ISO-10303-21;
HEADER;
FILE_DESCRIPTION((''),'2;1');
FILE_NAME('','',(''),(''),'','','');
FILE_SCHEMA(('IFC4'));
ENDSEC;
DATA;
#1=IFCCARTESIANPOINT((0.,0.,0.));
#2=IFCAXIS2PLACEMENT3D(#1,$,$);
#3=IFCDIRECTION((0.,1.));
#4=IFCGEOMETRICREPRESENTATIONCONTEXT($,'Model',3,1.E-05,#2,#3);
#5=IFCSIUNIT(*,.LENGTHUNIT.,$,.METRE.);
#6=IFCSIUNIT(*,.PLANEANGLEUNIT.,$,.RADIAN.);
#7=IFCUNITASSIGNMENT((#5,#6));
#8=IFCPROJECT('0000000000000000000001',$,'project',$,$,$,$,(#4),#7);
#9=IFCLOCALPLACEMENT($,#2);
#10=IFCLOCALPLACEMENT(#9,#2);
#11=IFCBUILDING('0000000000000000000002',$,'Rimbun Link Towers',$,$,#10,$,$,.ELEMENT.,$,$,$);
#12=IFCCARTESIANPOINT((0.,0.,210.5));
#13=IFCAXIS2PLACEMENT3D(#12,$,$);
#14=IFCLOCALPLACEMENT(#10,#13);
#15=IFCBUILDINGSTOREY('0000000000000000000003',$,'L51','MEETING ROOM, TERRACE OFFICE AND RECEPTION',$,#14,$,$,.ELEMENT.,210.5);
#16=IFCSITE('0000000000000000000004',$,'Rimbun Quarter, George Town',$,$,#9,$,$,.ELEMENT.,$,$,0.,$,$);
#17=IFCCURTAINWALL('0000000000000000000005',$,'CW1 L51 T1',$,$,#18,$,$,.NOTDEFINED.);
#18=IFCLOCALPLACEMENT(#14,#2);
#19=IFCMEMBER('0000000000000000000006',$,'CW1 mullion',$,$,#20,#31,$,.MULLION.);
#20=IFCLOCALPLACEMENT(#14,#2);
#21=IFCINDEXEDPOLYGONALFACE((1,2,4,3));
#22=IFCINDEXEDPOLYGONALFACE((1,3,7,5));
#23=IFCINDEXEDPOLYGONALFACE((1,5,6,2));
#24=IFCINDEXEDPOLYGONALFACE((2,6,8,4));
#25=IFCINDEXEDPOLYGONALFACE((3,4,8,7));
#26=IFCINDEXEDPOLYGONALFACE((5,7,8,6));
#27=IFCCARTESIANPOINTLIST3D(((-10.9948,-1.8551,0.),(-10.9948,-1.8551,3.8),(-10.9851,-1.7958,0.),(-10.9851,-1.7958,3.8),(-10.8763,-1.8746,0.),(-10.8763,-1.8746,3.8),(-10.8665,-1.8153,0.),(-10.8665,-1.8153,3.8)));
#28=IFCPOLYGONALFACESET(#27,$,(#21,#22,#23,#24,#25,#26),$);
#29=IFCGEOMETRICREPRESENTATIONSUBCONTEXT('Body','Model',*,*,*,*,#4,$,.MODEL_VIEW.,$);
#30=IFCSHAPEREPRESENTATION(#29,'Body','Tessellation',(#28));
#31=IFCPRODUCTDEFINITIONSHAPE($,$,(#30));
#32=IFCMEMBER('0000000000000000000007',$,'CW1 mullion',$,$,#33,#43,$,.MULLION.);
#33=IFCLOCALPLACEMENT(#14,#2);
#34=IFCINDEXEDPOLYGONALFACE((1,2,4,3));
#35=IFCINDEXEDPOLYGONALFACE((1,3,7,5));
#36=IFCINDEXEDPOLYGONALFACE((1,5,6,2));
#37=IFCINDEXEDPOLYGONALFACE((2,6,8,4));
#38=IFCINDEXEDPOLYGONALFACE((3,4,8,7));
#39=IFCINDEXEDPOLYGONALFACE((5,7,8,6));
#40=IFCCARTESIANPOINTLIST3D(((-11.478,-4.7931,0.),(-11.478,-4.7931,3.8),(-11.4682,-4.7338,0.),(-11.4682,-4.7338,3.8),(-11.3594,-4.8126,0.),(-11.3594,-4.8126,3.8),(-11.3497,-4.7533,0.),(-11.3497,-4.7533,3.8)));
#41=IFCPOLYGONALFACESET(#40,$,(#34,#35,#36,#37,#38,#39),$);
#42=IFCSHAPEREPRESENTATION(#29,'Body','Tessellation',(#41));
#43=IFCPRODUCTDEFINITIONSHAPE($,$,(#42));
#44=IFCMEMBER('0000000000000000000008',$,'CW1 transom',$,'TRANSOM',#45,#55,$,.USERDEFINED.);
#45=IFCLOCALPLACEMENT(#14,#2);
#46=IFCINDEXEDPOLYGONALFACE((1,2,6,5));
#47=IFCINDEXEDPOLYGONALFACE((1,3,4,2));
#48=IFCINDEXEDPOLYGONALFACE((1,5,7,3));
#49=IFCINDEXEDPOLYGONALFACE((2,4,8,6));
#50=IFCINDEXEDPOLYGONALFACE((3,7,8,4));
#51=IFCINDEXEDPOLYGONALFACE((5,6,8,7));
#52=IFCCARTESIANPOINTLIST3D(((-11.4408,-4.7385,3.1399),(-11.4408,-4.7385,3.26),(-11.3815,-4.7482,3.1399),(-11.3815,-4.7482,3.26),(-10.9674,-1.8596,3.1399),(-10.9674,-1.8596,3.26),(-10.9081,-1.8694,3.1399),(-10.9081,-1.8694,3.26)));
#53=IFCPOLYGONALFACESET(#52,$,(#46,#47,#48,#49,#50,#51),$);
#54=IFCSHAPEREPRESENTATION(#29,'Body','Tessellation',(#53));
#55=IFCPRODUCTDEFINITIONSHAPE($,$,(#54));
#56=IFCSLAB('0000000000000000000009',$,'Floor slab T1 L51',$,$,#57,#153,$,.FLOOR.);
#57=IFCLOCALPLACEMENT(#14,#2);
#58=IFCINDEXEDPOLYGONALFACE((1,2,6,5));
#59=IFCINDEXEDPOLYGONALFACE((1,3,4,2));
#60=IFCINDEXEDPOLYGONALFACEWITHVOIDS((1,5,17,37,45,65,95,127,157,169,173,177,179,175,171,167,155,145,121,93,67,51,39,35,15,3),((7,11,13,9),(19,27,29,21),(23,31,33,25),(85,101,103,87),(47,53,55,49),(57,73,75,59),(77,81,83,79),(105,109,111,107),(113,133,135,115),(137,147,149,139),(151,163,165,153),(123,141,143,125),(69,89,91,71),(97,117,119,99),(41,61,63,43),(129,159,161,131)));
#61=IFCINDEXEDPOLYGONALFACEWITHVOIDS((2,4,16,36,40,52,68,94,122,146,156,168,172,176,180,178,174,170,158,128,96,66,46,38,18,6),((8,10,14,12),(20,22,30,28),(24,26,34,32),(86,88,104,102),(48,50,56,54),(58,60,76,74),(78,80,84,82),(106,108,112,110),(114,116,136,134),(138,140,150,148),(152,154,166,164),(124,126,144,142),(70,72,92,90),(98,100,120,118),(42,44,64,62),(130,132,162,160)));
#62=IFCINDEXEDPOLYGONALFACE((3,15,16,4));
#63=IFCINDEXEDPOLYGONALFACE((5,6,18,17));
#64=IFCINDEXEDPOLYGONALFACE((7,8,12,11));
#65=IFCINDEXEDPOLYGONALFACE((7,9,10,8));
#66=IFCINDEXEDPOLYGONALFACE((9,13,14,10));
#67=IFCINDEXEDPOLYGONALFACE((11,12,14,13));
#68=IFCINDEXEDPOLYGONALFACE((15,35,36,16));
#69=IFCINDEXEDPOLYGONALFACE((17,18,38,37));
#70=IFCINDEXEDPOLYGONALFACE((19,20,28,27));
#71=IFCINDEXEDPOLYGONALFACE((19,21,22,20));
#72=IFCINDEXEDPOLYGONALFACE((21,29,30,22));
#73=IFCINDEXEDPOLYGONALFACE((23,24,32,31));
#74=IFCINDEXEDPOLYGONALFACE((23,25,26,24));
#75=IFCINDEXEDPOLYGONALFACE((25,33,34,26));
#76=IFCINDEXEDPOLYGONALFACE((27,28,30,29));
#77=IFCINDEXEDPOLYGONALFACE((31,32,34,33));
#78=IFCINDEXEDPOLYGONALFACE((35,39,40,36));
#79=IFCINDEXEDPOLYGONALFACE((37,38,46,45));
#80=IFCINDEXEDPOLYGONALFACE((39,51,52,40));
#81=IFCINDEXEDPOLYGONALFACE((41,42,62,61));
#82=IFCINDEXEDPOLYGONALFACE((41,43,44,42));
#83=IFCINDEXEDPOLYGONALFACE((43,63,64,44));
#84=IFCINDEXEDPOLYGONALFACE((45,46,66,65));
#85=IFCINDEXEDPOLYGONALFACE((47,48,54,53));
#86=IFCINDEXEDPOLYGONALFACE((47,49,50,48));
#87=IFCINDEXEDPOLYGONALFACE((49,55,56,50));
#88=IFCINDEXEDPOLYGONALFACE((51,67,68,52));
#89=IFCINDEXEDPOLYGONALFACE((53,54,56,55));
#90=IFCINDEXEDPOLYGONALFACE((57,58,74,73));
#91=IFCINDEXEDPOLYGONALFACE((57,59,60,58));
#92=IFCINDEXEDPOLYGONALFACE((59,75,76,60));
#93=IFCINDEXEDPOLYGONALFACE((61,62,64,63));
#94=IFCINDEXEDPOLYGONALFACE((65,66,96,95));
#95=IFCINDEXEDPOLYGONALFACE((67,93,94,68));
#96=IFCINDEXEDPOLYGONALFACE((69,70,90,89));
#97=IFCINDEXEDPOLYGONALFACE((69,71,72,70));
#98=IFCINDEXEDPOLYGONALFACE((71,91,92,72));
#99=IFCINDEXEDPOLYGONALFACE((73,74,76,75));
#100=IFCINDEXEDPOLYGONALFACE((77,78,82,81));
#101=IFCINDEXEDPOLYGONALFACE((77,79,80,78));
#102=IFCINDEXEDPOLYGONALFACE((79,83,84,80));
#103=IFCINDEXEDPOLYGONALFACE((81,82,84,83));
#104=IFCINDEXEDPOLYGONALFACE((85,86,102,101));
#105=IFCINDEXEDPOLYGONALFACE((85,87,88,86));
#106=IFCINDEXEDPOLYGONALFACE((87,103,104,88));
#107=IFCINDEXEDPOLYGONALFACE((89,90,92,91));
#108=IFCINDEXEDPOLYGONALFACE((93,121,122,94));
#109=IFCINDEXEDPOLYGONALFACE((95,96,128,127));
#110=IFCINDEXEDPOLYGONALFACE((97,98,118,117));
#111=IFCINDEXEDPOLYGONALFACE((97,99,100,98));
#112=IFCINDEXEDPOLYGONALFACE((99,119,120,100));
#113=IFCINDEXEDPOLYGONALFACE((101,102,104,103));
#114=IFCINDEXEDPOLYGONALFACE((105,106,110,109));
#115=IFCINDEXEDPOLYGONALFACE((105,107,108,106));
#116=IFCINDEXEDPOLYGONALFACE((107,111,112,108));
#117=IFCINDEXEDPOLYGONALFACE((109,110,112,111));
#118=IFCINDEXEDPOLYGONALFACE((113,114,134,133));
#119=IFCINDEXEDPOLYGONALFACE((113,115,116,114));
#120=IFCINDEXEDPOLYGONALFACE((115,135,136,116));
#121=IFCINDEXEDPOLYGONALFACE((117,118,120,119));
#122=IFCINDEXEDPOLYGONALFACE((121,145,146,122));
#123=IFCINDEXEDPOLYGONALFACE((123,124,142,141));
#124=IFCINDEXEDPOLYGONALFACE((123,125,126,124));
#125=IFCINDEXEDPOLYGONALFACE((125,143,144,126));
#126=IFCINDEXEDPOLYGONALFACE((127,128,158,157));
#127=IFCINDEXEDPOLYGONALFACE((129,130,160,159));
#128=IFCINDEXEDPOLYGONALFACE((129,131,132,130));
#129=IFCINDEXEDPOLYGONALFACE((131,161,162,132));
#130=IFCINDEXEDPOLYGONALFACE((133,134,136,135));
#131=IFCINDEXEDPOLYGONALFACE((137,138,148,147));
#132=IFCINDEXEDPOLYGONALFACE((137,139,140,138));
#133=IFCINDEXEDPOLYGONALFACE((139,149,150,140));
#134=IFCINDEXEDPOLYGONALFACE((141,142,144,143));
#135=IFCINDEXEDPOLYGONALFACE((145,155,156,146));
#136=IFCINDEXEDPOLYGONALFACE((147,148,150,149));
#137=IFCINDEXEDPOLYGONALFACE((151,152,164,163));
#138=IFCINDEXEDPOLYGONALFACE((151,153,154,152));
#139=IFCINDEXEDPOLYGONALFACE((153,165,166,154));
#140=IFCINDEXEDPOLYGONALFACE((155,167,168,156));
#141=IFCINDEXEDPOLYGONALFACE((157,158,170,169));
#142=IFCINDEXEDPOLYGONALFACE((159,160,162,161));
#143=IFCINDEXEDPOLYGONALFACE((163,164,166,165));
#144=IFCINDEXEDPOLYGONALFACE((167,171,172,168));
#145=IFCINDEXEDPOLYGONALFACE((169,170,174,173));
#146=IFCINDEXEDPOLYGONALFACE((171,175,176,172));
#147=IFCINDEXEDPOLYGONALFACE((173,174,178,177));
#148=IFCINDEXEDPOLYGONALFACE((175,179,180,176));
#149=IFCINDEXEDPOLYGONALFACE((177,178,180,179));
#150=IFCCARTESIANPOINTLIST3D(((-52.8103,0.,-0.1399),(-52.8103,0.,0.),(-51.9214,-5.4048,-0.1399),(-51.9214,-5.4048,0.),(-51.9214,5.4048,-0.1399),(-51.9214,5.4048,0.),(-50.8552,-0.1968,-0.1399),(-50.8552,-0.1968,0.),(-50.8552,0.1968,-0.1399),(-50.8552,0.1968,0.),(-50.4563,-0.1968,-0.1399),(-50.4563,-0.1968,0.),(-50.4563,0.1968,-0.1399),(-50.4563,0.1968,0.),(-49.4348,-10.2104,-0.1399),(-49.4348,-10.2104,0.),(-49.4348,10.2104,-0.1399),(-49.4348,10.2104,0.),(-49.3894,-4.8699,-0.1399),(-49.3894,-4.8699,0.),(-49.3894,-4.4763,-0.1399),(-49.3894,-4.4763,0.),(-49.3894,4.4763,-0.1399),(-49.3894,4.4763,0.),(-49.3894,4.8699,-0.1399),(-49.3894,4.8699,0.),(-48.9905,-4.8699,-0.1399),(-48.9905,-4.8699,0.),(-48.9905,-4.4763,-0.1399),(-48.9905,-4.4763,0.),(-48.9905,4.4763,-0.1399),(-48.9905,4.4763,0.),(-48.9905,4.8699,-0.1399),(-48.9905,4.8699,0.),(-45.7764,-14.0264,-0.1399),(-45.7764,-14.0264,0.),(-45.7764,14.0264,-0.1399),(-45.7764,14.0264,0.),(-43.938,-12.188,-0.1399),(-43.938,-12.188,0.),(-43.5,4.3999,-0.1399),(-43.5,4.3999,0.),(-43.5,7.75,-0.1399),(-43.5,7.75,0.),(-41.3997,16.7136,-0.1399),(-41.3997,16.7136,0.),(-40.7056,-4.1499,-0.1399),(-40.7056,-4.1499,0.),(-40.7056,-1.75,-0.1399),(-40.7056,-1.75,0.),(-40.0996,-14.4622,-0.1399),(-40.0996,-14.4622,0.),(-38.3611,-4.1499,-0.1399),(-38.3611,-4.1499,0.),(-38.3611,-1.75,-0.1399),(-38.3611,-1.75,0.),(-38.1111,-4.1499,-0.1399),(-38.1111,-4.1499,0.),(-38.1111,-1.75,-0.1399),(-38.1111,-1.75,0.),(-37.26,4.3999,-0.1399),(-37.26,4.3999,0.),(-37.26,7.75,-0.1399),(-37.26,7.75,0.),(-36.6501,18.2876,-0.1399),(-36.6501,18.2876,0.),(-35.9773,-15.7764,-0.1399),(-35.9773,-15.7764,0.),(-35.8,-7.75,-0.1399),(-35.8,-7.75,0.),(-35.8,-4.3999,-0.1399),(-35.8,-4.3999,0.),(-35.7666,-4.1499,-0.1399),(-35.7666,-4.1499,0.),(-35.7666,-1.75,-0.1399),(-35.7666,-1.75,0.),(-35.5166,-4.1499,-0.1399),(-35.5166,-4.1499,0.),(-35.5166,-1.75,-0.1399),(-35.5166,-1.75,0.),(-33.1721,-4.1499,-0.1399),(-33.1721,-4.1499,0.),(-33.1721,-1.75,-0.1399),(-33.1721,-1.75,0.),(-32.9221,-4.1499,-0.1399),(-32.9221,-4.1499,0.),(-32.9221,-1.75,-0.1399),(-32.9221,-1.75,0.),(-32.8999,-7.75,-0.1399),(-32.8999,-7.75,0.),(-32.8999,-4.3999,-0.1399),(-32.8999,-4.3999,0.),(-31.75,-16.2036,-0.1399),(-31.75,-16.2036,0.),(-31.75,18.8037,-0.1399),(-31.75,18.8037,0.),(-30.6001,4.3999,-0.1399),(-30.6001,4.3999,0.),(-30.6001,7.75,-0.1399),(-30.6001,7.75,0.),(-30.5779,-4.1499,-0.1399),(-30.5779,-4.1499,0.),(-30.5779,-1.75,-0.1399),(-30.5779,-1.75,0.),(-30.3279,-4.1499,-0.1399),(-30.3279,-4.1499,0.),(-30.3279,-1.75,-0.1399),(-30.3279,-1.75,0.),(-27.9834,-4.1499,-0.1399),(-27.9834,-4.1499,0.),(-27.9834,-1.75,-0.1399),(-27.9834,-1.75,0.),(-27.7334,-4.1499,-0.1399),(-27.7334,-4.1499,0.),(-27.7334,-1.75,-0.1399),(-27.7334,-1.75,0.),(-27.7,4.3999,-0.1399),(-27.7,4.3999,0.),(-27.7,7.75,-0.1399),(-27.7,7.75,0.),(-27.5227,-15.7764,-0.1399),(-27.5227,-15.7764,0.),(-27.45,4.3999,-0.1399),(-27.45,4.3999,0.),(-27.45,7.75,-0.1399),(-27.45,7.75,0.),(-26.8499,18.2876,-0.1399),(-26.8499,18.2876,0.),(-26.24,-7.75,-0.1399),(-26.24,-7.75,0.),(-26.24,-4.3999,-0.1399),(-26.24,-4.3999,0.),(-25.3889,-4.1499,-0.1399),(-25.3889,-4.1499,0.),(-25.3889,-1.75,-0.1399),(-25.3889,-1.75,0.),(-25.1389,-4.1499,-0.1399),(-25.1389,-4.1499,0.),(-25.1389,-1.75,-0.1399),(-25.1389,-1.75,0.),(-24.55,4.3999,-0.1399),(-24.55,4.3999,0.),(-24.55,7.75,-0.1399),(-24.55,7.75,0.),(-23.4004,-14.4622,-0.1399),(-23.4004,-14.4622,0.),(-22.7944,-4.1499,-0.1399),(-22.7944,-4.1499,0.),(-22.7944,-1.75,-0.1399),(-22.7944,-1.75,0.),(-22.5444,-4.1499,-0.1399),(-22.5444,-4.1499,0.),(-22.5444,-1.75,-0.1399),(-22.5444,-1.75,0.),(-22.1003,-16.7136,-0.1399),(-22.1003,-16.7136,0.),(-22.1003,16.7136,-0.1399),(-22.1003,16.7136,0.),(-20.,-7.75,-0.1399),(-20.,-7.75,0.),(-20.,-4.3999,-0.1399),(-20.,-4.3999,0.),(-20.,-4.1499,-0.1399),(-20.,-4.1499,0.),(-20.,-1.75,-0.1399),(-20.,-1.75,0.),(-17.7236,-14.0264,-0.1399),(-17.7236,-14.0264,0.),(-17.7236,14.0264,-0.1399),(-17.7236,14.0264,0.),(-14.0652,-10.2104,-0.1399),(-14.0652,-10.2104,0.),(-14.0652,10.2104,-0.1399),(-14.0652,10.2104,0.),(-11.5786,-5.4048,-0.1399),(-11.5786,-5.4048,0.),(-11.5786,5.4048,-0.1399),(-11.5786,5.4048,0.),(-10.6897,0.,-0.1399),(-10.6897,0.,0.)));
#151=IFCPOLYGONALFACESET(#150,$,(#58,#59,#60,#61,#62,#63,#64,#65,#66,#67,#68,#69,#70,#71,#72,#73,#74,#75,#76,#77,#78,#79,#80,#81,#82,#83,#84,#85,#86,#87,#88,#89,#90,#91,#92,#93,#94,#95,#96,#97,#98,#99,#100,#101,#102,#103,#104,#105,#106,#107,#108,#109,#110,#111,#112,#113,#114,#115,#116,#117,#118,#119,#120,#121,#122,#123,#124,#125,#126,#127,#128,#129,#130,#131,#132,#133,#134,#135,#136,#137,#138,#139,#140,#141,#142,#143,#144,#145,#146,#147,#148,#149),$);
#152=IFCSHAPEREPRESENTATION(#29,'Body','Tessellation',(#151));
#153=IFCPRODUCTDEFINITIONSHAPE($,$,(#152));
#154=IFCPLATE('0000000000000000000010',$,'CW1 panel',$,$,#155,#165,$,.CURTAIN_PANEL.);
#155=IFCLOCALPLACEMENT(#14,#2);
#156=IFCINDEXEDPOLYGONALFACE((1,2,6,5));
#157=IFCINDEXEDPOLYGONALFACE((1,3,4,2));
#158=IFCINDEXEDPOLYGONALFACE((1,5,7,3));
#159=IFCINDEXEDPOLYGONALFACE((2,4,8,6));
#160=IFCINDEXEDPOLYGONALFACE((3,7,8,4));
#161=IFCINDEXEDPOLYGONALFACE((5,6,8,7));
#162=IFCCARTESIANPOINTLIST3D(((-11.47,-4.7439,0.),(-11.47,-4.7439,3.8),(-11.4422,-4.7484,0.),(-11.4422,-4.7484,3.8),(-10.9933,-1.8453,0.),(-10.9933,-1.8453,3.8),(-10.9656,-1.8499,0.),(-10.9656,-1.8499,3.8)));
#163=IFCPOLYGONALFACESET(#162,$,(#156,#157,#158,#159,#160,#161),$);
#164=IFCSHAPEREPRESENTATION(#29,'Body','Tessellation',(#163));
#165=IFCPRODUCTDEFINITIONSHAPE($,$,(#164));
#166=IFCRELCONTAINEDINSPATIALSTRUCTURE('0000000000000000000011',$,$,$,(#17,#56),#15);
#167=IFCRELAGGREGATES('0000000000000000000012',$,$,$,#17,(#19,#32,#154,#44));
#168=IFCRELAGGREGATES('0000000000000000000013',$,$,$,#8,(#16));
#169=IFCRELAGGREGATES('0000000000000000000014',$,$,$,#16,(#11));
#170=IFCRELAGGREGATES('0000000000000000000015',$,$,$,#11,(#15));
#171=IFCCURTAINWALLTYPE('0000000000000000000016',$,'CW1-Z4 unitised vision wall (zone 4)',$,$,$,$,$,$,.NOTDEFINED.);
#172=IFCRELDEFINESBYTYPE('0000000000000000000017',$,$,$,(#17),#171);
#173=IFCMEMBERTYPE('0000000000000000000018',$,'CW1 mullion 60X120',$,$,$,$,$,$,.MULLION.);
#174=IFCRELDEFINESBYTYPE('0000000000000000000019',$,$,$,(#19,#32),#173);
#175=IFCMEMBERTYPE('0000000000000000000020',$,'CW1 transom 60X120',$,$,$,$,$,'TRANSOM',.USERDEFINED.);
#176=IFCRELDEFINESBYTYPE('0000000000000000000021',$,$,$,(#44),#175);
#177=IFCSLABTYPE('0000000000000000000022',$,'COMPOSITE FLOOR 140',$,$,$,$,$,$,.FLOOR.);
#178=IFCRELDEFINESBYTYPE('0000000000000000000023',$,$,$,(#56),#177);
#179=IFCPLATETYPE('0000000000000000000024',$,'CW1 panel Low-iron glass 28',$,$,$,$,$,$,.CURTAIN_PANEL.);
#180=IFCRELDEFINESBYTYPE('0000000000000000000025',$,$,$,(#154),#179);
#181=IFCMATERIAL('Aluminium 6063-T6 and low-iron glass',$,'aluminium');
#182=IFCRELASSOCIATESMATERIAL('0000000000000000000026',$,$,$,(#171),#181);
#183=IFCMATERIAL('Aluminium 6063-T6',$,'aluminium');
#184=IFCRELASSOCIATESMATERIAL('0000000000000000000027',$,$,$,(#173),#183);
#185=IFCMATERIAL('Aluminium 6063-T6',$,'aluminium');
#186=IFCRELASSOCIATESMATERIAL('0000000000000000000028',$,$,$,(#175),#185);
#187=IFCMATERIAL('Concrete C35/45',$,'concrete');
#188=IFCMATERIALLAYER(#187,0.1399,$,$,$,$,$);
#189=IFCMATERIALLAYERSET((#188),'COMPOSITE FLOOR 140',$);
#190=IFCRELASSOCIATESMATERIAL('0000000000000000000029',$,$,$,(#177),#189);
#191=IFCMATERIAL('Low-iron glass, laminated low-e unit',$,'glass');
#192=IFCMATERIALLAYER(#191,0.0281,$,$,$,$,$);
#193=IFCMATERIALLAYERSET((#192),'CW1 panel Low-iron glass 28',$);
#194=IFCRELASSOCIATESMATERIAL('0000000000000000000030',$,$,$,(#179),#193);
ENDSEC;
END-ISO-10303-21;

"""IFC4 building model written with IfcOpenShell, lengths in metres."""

from ifc_helpers import new_model, si_unit, direction, frame, origin, origin_2d, place, context, subcontext, project, spatial, polyline, rectangle, outline, extrude, material, layer, layer_set, material_profile, profile_set, type_object, element, aggregate, save


model = new_model("IFC4")

# Units and contexts
model_context = context("Model", 3, precision=1e-05, world=origin(), true_north=direction((0.0, 1.0)))
body_context = subcontext(model_context, "Body", "Model", "MODEL_VIEW")
ifc_project = project(units=[si_unit("LENGTHUNIT", "METRE"), si_unit("PLANEANGLEUNIT", "RADIAN")], contexts=[model_context])

# Site, building, storey
site_placement = place(None, origin())
site = spatial("IfcSite", under=ifc_project, at=site_placement, Name="Rimbun Quarter, George Town", CompositionType="ELEMENT", RefElevation=0.0)
building_placement = place(site_placement, origin())
building = spatial("IfcBuilding", under=site, at=building_placement, Name="Rimbun Link Towers", CompositionType="ELEMENT")
storey_placement = place(building_placement, frame((0.0, 0.0, 210.5)))
storey = spatial("IfcBuildingStorey", under=building, at=storey_placement, Name="L51", Description="MEETING ROOM, TERRACE OFFICE AND RECEPTION", CompositionType="ELEMENT", Elevation=210.5)

# Curtain wall, members
ifc_material_1 = material(Name="Aluminium 6063-T6 and low-iron glass", Category="aluminium")
curtain_wall_type = type_object("IfcCurtainWallType", Name="CW1-Z4 unitised vision wall (zone 4)", PredefinedType="NOTDEFINED", material=ifc_material_1)
curtain_wall_placement = place(storey_placement, origin())
curtain_wall = element("IfcCurtainWall", 1, at=curtain_wall_placement, inside=storey, type_object=curtain_wall_type, Name="CW1 L51 T1", PredefinedType="NOTDEFINED")
ifc_material_2 = material(Name="Aluminium 6063-T6", Category="aluminium")
ifc_material_profile_1 = material_profile(ifc_material_2, rectangle(XDim=0.1201, YDim=0.0601, at=origin_2d()), Name="MULLION 60X120")
ifc_profile_set_1 = profile_set([ifc_material_profile_1], Name="Aluminium 6063-T6")
member_type_1 = type_object("IfcMemberType", Name="CW1 mullion 60X120", PredefinedType="MULLION", material=ifc_profile_set_1)
member_1_placement = place(storey_placement, frame((-10.9307, -1.8352, 0.0), z_axis=(0.0, 0.0, 1.0), x_axis=(0.986747, -0.162264, 0.0)))
member_1 = element("IfcMember", 2, at=member_1_placement, type_object=member_type_1, Name="CW1 mullion", PredefinedType="MULLION", context=body_context, shape_type="SweptSolid", body=[
    extrude(rectangle(XDim=0.1201, YDim=0.0601, at=origin_2d()), origin(), (0.0, 0.0, 1.0), 3.8),
])
member_2_placement = place(storey_placement, frame((-11.4138, -4.7732, 0.0), z_axis=(0.0, 0.0, 1.0), x_axis=(0.986747, -0.162264, 0.0)))
member_2 = element("IfcMember", 3, at=member_2_placement, type_object=member_type_1, Name="CW1 mullion", PredefinedType="MULLION", context=body_context, shape_type="SweptSolid", body=[
    extrude(rectangle(XDim=0.1201, YDim=0.0601, at=origin_2d()), origin(), (0.0, 0.0, 1.0), 3.8),
])
ifc_material_3 = material(Name="Aluminium 6063-T6", Category="aluminium")
ifc_material_profile_2 = material_profile(ifc_material_3, rectangle(XDim=0.0601, YDim=0.1201, at=origin_2d()), Name="TRANSOM 60X120")
ifc_profile_set_2 = profile_set([ifc_material_profile_2], Name="Aluminium 6063-T6")
member_type_2 = type_object("IfcMemberType", Name="CW1 transom 60X120", ElementType="TRANSOM", PredefinedType="USERDEFINED", material=ifc_profile_set_2)
member_3_placement = place(storey_placement, frame((-10.9377, -1.8645, 3.2), z_axis=(-0.162255, -0.986749, 0.0), x_axis=(0.986749, -0.162255, 0.0)))
member_3 = element("IfcMember", 4, at=member_3_placement, type_object=member_type_2, Name="CW1 transom", ObjectType="TRANSOM", PredefinedType="USERDEFINED", context=body_context, shape_type="SweptSolid", body=[
    extrude(rectangle(XDim=0.0601, YDim=0.1201, at=origin_2d()), origin(), (0.0, 0.0, 1.0), 2.9175),
])

# Slab
ifc_material_4 = material(Name="Concrete C35/45", Category="concrete")
ifc_layer_1 = layer(ifc_material_4, 0.1399)
ifc_layer_set_1 = layer_set([ifc_layer_1], Name="COMPOSITE FLOOR 140")
slab_type_1 = type_object("IfcSlabType", Name="COMPOSITE FLOOR 140", PredefinedType="FLOOR", material=ifc_layer_set_1)
slab_1_placement = place(storey_placement, frame((0.0, 0.0, -0.1399)))
element("IfcSlab", 5, at=slab_1_placement, inside=storey, type_object=slab_type_1, Name="Floor slab T1 L51", PredefinedType="FLOOR", context=body_context, shape_type="SweptSolid", body=[
    extrude(outline(polyline([(-49.4348, -10.2104), (-51.9214, -5.4048), (-52.8103, 0.0), (-51.9214, 5.4048), (-49.4348, 10.2104), (-45.7764, 14.0264), (-41.3997, 16.7136), (-36.6501, 18.2876), (-31.75, 18.8037), (-26.8499, 18.2876), (-22.1003, 16.7136), (-17.7236, 14.0264), (-14.0652, 10.2104), (-11.5786, 5.4048), (-10.6897, 0.0), (-11.5786, -5.4048), (-14.0652, -10.2104), (-17.7236, -14.0264), (-22.1003, -16.7136), (-23.4004, -14.4622), (-27.5227, -15.7764), (-31.75, -16.2036), (-35.9773, -15.7764), (-40.0996, -14.4622), (-43.938, -12.188), (-45.7764, -14.0264), (-49.4348, -10.2104)]), holes=[polyline([(-32.8999, -7.75), (-32.8999, -4.3999), (-35.8, -4.3999), (-35.8, -7.75), (-32.8999, -7.75)]), polyline([(-48.9905, -4.8699), (-48.9905, -4.4763), (-49.3894, -4.4763), (-49.3894, -4.8699), (-48.9905, -4.8699)]), polyline([(-38.3611, -4.1499), (-38.3611, -1.75), (-40.7056, -1.75), (-40.7056, -4.1499), (-38.3611, -4.1499)]), polyline([(-35.7666, -4.1499), (-35.7666, -1.75), (-38.1111, -1.75), (-38.1111, -4.1499), (-35.7666, -4.1499)]), polyline([(-33.1721, -4.1499), (-33.1721, -1.75), (-35.5166, -1.75), (-35.5166, -4.1499), (-33.1721, -4.1499)]), polyline([(-50.4563, -0.1968), (-50.4563, 0.1968), (-50.8552, 0.1968), (-50.8552, -0.1968), (-50.4563, -0.1968)]), polyline([(-48.9905, 4.4763), (-48.9905, 4.8699), (-49.3894, 4.8699), (-49.3894, 4.4763), (-48.9905, 4.4763)]), polyline([(-37.26, 4.3999), (-37.26, 7.75), (-43.5, 7.75), (-43.5, 4.3999), (-37.26, 4.3999)]), polyline([(-20.0, -7.75), (-20.0, -4.3999), (-26.24, -4.3999), (-26.24, -7.75), (-20.0, -7.75)]), polyline([(-30.5779, -4.1499), (-30.5779, -1.75), (-32.9221, -1.75), (-32.9221, -4.1499), (-30.5779, -4.1499)]), polyline([(-27.9834, -4.1499), (-27.9834, -1.75), (-30.3279, -1.75), (-30.3279, -4.1499), (-27.9834, -4.1499)]), polyline([(-25.3889, -4.1499), (-25.3889, -1.75), (-27.7334, -1.75), (-27.7334, -4.1499), (-25.3889, -4.1499)]), polyline([(-22.7944, -4.1499), (-22.7944, -1.75), (-25.1389, -1.75), (-25.1389, -4.1499), (-22.7944, -4.1499)]), polyline([(-20.0, -4.1499), (-20.0, -1.75), (-22.5444, -1.75), (-22.5444, -4.1499), (-20.0, -4.1499)]), polyline([(-27.7, 4.3999), (-27.7, 7.75), (-30.6001, 7.75), (-30.6001, 4.3999), (-27.7, 4.3999)]), polyline([(-24.55, 4.3999), (-24.55, 7.75), (-27.45, 7.75), (-27.45, 4.3999), (-24.55, 4.3999)])]), origin(), (0.0, 0.0, 1.0), 0.1399),
])

# Plate
ifc_material_5 = material(Name="Low-iron glass, laminated low-e unit", Category="glass")
ifc_layer_2 = layer(ifc_material_5, 0.0281)
ifc_layer_set_2 = layer_set([ifc_layer_2], Name="CW1 panel Low-iron glass 28")
plate_type = type_object("IfcPlateType", Name="CW1 panel Low-iron glass 28", PredefinedType="CURTAIN_PANEL", material=ifc_layer_set_2)
plate_placement = place(storey_placement, frame((-11.2178, -3.2969, 0.0), z_axis=(0.0, 0.0, 1.0), x_axis=(-0.162264, -0.986747, 0.0)))
plate = element("IfcPlate", 6, at=plate_placement, type_object=plate_type, Name="CW1 panel", PredefinedType="CURTAIN_PANEL", context=body_context, shape_type="SweptSolid", body=[
    extrude(rectangle(XDim=2.9375, YDim=0.0281, at=origin_2d()), origin(), (0.0, 0.0, 1.0), 3.8),
])
aggregate(curtain_wall, [member_1, member_2, plate, member_3])

save(model, "model.ifc")
